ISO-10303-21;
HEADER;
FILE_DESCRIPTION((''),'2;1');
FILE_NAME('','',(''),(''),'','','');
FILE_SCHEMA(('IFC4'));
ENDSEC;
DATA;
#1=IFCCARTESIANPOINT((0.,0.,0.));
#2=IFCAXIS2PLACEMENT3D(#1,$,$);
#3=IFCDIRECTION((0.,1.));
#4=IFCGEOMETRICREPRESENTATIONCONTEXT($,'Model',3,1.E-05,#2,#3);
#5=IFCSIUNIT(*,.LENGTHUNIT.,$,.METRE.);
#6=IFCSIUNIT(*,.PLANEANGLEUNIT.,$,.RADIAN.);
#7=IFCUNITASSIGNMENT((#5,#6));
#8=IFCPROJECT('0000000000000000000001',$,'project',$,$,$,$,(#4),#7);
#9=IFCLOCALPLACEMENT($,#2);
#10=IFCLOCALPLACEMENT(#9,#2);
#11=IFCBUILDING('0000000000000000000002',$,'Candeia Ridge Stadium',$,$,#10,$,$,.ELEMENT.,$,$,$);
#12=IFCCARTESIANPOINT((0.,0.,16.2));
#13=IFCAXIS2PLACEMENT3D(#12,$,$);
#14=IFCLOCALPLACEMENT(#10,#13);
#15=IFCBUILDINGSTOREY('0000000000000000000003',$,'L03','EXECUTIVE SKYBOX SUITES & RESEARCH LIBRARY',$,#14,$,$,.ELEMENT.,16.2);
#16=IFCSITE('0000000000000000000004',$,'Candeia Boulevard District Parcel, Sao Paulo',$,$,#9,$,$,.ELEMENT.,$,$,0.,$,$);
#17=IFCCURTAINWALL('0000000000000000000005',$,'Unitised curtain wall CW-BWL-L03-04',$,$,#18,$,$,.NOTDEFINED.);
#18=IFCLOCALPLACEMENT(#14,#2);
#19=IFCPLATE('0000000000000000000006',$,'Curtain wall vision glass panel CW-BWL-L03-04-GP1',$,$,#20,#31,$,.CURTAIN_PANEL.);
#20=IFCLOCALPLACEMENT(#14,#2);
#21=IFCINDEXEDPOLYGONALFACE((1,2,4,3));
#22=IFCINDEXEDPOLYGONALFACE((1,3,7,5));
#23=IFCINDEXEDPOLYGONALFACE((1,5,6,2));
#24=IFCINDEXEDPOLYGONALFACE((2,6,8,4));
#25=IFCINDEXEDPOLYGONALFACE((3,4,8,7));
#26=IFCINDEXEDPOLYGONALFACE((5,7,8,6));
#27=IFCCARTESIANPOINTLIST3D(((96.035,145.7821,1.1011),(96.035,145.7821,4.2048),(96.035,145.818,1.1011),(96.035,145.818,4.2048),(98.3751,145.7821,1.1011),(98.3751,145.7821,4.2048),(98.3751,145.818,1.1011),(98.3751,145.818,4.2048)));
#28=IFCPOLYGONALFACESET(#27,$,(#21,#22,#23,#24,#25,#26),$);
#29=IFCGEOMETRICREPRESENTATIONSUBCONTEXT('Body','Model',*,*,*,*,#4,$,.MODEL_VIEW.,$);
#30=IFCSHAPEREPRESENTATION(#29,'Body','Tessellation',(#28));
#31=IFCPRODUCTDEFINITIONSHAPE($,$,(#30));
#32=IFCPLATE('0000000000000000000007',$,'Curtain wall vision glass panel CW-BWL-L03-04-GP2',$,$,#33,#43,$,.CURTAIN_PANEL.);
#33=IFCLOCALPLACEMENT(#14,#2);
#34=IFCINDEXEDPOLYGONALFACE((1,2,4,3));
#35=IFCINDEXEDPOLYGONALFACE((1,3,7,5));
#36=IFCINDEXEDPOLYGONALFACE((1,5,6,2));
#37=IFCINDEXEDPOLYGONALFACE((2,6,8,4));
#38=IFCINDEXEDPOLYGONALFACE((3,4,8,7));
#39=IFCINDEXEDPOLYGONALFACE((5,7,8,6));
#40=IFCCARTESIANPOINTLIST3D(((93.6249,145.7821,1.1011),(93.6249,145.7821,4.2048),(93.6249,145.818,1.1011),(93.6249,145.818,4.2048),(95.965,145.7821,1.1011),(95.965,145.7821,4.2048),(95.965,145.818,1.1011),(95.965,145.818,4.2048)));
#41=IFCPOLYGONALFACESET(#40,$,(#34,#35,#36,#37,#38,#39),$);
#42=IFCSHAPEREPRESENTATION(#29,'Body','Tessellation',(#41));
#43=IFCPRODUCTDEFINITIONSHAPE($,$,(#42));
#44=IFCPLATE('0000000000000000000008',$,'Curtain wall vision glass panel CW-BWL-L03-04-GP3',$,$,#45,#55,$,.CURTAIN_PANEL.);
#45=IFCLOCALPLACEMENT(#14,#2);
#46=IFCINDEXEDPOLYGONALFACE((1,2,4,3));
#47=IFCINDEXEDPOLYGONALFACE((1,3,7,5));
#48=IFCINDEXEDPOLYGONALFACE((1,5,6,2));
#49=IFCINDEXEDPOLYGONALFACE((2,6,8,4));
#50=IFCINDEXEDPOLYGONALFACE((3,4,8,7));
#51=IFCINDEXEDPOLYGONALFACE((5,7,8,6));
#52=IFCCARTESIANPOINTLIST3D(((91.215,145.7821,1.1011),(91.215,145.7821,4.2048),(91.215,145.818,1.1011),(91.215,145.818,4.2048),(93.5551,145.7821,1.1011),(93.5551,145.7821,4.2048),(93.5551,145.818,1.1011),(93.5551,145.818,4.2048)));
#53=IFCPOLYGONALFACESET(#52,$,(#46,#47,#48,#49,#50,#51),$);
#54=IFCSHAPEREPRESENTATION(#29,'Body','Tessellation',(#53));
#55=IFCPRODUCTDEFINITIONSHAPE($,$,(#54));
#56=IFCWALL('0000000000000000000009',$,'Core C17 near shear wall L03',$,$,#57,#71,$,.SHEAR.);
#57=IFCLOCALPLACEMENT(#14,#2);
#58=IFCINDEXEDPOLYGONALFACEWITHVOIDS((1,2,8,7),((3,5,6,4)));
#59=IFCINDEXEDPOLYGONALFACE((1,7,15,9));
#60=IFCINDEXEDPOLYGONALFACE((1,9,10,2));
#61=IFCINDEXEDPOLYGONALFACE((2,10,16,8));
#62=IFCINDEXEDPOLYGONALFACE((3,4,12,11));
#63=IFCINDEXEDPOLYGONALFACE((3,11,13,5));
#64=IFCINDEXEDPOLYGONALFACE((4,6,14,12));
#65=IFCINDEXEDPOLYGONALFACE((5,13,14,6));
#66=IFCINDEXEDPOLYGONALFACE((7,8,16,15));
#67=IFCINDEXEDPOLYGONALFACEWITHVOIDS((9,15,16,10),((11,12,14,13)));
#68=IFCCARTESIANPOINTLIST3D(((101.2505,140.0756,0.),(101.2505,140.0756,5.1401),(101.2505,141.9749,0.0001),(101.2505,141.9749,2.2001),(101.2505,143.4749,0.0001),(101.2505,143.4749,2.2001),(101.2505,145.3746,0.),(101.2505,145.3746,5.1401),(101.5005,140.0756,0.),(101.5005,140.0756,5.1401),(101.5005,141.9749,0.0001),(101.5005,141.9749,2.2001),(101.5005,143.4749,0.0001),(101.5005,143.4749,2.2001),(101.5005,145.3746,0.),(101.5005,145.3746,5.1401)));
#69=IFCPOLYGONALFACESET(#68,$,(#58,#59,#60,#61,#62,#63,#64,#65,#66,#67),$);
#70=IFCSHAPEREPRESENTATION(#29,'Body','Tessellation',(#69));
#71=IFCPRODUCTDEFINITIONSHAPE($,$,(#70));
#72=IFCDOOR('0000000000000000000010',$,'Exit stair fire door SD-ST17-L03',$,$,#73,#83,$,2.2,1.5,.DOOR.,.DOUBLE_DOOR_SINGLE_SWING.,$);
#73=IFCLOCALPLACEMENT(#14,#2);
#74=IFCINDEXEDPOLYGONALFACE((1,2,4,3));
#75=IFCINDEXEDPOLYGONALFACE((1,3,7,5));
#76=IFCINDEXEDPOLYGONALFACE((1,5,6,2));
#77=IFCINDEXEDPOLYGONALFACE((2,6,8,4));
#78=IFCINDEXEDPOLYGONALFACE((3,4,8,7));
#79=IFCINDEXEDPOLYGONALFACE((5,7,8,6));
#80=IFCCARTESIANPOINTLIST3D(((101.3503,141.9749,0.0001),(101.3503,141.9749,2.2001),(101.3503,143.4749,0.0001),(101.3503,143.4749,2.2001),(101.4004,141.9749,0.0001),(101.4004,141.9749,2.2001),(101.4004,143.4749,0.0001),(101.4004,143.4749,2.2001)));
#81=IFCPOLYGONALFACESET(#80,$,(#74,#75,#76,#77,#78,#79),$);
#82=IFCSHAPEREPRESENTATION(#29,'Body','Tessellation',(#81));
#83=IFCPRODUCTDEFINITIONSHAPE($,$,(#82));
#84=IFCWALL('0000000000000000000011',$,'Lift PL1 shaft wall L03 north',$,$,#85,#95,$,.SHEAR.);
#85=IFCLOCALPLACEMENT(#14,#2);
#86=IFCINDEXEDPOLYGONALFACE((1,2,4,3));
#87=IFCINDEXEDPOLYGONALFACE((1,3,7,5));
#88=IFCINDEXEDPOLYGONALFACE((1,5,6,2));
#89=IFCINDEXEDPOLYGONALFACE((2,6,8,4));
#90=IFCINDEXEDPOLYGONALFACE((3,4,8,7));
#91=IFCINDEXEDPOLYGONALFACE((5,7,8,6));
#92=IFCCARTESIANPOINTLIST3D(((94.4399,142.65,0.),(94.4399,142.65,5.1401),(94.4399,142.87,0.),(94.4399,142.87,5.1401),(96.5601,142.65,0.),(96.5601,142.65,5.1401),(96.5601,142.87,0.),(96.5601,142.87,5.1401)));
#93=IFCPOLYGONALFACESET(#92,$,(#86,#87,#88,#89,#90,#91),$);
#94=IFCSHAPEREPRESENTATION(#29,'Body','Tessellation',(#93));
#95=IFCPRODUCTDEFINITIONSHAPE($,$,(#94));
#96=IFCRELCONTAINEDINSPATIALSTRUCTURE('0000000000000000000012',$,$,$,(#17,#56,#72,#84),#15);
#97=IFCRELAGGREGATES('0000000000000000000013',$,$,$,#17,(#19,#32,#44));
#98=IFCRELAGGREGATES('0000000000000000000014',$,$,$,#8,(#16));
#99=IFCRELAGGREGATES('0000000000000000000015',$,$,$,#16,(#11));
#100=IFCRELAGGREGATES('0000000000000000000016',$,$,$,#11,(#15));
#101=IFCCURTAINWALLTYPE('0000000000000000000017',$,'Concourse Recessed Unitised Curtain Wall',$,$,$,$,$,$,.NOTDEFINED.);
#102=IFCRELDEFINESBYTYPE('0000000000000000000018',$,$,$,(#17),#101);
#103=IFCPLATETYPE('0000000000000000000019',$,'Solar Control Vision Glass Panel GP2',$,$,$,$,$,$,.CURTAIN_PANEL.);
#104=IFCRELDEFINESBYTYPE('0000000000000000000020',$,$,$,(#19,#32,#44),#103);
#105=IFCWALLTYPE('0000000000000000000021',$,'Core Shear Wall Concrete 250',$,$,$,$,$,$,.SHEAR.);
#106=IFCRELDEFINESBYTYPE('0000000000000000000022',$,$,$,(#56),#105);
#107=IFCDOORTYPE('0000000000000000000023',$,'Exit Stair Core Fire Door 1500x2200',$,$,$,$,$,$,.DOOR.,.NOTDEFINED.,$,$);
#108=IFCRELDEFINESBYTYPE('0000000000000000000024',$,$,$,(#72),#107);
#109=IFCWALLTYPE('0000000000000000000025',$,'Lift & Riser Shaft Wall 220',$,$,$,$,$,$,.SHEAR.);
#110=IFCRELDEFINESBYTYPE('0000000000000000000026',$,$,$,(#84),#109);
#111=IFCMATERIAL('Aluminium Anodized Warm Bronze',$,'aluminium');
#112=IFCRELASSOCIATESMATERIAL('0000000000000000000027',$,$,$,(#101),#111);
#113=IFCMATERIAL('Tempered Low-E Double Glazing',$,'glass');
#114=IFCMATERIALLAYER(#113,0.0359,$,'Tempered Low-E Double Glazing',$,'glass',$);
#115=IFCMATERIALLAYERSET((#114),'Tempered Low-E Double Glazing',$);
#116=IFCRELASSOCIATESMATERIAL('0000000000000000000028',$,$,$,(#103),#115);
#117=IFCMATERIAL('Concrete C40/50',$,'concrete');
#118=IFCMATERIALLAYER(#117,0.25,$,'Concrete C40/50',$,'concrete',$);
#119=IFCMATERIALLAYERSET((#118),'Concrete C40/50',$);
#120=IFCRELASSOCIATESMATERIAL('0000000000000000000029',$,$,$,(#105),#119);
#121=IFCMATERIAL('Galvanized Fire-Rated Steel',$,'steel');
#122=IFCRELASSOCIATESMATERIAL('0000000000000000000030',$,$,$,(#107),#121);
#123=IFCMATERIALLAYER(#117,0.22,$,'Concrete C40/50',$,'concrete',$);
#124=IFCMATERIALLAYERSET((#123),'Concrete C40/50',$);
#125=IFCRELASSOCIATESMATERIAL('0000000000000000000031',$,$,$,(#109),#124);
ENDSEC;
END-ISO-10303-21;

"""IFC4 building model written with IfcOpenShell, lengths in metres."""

from ifc_helpers import new_model, si_unit, direction, frame, frame_2d, origin, origin_2d, place, context, subcontext, project, spatial, rectangle, extrude, material, layer, layer_set, type_object, element, fill, aggregate, save


model = new_model("IFC4")

# Units and contexts
model_context = context("Model", 3, precision=1e-05, world=origin(), true_north=direction((0.0, 1.0)))
body_context = subcontext(model_context, "Body", "Model", "MODEL_VIEW")
ifc_project = project(units=[si_unit("LENGTHUNIT", "METRE"), si_unit("PLANEANGLEUNIT", "RADIAN")], contexts=[model_context])

# Site, building, storey
site_placement = place(None, origin())
site = spatial("IfcSite", under=ifc_project, at=site_placement, Name="Candeia Boulevard District Parcel, Sao Paulo", CompositionType="ELEMENT", RefElevation=0.0)
building_placement = place(site_placement, origin())
building = spatial("IfcBuilding", under=site, at=building_placement, Name="Candeia Ridge Stadium", CompositionType="ELEMENT")
storey_placement = place(building_placement, frame((0.0, 0.0, 16.2)))
storey = spatial("IfcBuildingStorey", under=building, at=storey_placement, Name="L03", Description="EXECUTIVE SKYBOX SUITES & RESEARCH LIBRARY", CompositionType="ELEMENT", Elevation=16.2)

# Curtain wall
ifc_material_1 = material(Name="Aluminium Anodized Warm Bronze", Category="aluminium")
curtain_wall_type = type_object("IfcCurtainWallType", Name="Concourse Recessed Unitised Curtain Wall", PredefinedType="NOTDEFINED", material=ifc_material_1)
curtain_wall_placement = place(storey_placement, origin())
curtain_wall = element("IfcCurtainWall", 1, at=curtain_wall_placement, inside=storey, type_object=curtain_wall_type, Name="Unitised curtain wall CW-BWL-L03-04", PredefinedType="NOTDEFINED")

# Shared definitions
ifc_material_2 = material(Name="Concrete C40/50", Category="concrete")

# Plates
ifc_material_3 = material(Name="Tempered Low-E Double Glazing", Category="glass")
ifc_layer_1 = layer(ifc_material_3, 0.0359, Name="Tempered Low-E Double Glazing", Category="glass")
ifc_layer_set_1 = layer_set([ifc_layer_1], Name="Tempered Low-E Double Glazing")
plate_type_1 = type_object("IfcPlateType", Name="Solar Control Vision Glass Panel GP2", PredefinedType="CURTAIN_PANEL", material=ifc_layer_set_1)
plate_1_placement = place(storey_placement, frame((97.2051, 145.8, 1.1011), z_axis=(0.0, 0.0, 1.0), x_axis=(-1.0, 0.0, 0.0)))
plate_1 = element("IfcPlate", 2, at=plate_1_placement, type_object=plate_type_1, Name="Curtain wall vision glass panel CW-BWL-L03-04-GP1", PredefinedType="CURTAIN_PANEL", context=body_context, shape_type="SweptSolid", body=[
    extrude(rectangle(XDim=2.3401, YDim=0.0359, at=origin_2d()), origin(), (0.0, 0.0, 1.0), 3.1038),
])
plate_2_placement = place(storey_placement, frame((94.7949, 145.8, 1.1011), z_axis=(0.0, 0.0, 1.0), x_axis=(-1.0, 0.0, 0.0)))
plate_2 = element("IfcPlate", 3, at=plate_2_placement, type_object=plate_type_1, Name="Curtain wall vision glass panel CW-BWL-L03-04-GP2", PredefinedType="CURTAIN_PANEL", context=body_context, shape_type="SweptSolid", body=[
    extrude(rectangle(XDim=2.3401, YDim=0.0359, at=origin_2d()), origin(), (0.0, 0.0, 1.0), 3.1038),
])
plate_3_placement = place(storey_placement, frame((92.385, 145.8, 1.1011), z_axis=(0.0, 0.0, 1.0), x_axis=(-1.0, 0.0, 0.0)))
plate_3 = element("IfcPlate", 4, at=plate_3_placement, type_object=plate_type_1, Name="Curtain wall vision glass panel CW-BWL-L03-04-GP3", PredefinedType="CURTAIN_PANEL", context=body_context, shape_type="SweptSolid", body=[
    extrude(rectangle(XDim=2.3401, YDim=0.0359, at=origin_2d()), origin(), (0.0, 0.0, 1.0), 3.1038),
])
aggregate(curtain_wall, [plate_1, plate_2, plate_3])

# Wall, opening, door
ifc_layer_2 = layer(ifc_material_2, 0.25, Name="Concrete C40/50", Category="concrete")
ifc_layer_set_2 = layer_set([ifc_layer_2], Name="Concrete C40/50")
wall_type_1 = type_object("IfcWallType", Name="Core Shear Wall Concrete 250", PredefinedType="SHEAR", material=ifc_layer_set_2)
wall_1_placement = place(storey_placement, frame((101.3755, 145.3745, 0.0), z_axis=(0.0, 0.0, 1.0), x_axis=(0.0, -1.0, 0.0)))
wall_1 = element("IfcWall", 5, at=wall_1_placement, inside=storey, type_object=wall_type_1, Name="Core C17 near shear wall L03", PredefinedType="SHEAR", context=body_context, shape_type="SweptSolid", body=[
    extrude(rectangle(XDim=5.2991, YDim=0.25, at=frame_2d((2.6494, 0.0))), origin(), (0.0, 0.0, 1.0), 5.1401),
])
opening_placement = place(wall_1_placement, frame((1.8997, 0.0, 0.0)))
opening = element("IfcOpeningElement", 6, at=opening_placement, cuts=wall_1, PredefinedType="OPENING", context=body_context, shape_type="SweptSolid", body=[
    extrude(rectangle(XDim=1.5, YDim=2.2, at=frame_2d((0.75, 1.1001))), frame((0.0, 0.135, 0.0), z_axis=(0.0, -1.0, 0.0), x_axis=(1.0, 0.0, 0.0)), (0.0, 0.0, 1.0), 0.27),
])
ifc_material_4 = material(Name="Galvanized Fire-Rated Steel", Category="steel")
door_type = type_object("IfcDoorType", Name="Exit Stair Core Fire Door 1500x2200", OperationType="NOTDEFINED", PredefinedType="DOOR", material=ifc_material_4)
door_placement = place(opening_placement, origin())
door = element("IfcDoor", 7, at=door_placement, inside=storey, type_object=door_type, Name="Exit stair fire door SD-ST17-L03", OperationType="DOUBLE_DOOR_SINGLE_SWING", OverallHeight=2.2, OverallWidth=1.5, PredefinedType="DOOR", context=body_context, shape_type="SweptSolid", body=[
    extrude(rectangle(XDim=1.5, YDim=2.2, at=frame_2d((0.75, 1.1001))), frame((0.0, 0.0249, 0.0), z_axis=(0.0, -1.0, 0.0), x_axis=(1.0, 0.0, 0.0)), (0.0, 0.0, 1.0), 0.05),
])
fill(opening, door)

# Wall
ifc_layer_3 = layer(ifc_material_2, 0.22, Name="Concrete C40/50", Category="concrete")
ifc_layer_set_3 = layer_set([ifc_layer_3], Name="Concrete C40/50")
wall_type_2 = type_object("IfcWallType", Name="Lift & Riser Shaft Wall 220", PredefinedType="SHEAR", material=ifc_layer_set_3)
wall_2_placement = place(storey_placement, frame((96.5601, 142.76, 0.0), z_axis=(0.0, 0.0, 1.0), x_axis=(-1.0, 0.0, 0.0)))
element("IfcWall", 8, at=wall_2_placement, inside=storey, type_object=wall_type_2, Name="Lift PL1 shaft wall L03 north", PredefinedType="SHEAR", context=body_context, shape_type="SweptSolid", body=[
    extrude(rectangle(XDim=2.1201, YDim=0.22, at=frame_2d((1.0601, 0.0))), origin(), (0.0, 0.0, 1.0), 5.1401),
])

save(model, "model.ifc")
